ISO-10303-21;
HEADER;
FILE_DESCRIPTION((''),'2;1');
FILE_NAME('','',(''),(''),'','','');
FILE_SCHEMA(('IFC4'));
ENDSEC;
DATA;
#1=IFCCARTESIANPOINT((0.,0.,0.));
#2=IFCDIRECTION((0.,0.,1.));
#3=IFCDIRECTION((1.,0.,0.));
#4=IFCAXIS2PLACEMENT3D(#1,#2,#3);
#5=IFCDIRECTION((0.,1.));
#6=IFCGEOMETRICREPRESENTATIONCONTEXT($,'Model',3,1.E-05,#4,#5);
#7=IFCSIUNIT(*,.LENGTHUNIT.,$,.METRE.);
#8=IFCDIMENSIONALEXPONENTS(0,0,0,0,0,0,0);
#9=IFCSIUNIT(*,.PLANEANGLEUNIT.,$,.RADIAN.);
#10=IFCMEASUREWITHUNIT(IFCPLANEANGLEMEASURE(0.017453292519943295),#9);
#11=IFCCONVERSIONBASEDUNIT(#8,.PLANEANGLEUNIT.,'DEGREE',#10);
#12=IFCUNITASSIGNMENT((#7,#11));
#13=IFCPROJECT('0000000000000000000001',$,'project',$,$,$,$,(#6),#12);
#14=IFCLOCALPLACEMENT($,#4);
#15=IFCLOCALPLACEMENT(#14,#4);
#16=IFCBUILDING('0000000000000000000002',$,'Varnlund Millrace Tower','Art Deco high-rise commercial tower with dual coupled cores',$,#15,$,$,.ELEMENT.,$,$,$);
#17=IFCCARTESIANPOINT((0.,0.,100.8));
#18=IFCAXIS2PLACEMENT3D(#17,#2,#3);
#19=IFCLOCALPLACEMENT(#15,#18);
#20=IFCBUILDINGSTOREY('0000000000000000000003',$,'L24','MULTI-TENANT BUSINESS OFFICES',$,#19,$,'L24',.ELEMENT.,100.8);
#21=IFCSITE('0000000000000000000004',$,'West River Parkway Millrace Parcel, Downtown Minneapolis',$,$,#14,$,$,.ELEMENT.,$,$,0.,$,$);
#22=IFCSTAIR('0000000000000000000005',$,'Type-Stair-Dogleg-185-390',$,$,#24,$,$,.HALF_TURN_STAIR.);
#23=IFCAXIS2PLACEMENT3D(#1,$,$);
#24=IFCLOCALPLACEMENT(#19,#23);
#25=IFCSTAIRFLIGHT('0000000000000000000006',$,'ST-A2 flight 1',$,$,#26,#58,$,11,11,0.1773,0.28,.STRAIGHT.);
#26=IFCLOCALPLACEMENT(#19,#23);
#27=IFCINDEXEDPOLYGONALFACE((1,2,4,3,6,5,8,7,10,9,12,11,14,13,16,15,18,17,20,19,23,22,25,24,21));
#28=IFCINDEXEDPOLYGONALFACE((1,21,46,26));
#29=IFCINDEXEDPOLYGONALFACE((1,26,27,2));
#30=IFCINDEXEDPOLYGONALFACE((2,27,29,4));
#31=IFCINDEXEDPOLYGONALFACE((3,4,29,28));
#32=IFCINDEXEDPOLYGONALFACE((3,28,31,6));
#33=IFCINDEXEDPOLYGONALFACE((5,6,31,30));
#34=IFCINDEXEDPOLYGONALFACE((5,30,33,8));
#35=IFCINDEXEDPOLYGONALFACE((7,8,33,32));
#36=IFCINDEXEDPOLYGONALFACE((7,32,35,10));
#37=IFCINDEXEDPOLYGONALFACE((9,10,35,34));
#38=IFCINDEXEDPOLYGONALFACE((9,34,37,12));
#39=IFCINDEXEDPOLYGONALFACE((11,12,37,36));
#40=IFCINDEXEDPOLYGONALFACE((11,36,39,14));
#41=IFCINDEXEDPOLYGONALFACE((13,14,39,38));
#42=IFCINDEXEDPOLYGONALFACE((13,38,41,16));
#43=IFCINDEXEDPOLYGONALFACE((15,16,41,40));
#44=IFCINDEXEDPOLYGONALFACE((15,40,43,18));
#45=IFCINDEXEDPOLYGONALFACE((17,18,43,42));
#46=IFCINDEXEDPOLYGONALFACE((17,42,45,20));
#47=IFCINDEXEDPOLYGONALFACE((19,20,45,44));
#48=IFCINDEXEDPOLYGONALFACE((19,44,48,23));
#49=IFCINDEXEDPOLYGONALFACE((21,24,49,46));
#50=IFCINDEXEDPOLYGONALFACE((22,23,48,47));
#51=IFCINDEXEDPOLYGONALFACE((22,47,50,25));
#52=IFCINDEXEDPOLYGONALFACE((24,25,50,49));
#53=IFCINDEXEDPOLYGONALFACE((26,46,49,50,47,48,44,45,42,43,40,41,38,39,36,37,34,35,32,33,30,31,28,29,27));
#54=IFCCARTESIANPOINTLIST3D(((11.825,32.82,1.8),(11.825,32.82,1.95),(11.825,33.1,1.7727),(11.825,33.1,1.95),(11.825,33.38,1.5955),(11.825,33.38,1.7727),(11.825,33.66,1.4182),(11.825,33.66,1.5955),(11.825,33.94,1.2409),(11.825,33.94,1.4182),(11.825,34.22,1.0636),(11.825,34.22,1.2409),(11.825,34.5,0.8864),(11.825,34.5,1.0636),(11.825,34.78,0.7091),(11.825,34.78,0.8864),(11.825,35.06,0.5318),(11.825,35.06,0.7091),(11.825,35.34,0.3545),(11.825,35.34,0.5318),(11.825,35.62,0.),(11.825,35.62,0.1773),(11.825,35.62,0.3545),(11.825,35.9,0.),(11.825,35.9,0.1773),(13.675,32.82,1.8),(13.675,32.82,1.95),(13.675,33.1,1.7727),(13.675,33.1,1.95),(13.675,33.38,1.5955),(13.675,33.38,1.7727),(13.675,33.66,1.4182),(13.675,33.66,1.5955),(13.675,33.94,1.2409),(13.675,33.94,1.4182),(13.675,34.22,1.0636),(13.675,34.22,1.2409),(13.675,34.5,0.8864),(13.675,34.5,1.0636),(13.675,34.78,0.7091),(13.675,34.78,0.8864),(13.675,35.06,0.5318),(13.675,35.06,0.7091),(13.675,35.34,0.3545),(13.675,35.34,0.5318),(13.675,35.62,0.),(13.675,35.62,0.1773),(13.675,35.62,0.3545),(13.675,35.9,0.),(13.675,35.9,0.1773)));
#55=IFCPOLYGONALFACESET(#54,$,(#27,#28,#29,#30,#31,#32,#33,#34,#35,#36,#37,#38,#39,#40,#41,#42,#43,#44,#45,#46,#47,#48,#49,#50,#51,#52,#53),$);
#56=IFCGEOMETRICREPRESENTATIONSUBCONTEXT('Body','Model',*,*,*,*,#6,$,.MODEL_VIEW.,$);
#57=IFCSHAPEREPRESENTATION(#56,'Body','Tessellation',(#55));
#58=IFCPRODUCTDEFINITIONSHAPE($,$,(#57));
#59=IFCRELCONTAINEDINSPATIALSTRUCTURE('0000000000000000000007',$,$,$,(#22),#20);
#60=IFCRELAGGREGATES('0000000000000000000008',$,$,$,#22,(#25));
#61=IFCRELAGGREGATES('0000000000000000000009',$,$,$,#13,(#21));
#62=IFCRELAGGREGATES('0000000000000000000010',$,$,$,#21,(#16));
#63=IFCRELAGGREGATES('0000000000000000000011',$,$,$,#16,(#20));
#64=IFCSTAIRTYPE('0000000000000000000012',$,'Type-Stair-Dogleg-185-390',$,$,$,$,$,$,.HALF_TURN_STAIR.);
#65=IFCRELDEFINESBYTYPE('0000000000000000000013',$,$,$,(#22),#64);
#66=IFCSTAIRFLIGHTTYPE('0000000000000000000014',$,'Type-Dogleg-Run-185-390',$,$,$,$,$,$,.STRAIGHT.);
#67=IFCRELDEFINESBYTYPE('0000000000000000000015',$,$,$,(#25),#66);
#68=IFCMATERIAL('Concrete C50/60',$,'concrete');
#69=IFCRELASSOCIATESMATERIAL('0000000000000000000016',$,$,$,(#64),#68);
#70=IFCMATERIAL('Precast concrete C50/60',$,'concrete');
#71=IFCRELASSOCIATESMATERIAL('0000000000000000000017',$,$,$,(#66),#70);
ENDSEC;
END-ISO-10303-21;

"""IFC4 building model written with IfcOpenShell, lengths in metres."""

from ifc_helpers import new_model, entity, si_unit, converted_unit, direction, frame, origin_with_axes, place, context, subcontext, project, spatial, polyline, outline, extrude, material, type_object, element, aggregate, save


model = new_model("IFC4")

# Units and contexts
model_context = context("Model", 3, precision=1e-05, world=origin_with_axes(), true_north=direction((0.0, 1.0)))
body_context = subcontext(model_context, "Body", "Model", "MODEL_VIEW")
ifc_project = project(units=[si_unit("LENGTHUNIT", "METRE"), converted_unit("PLANEANGLEUNIT", "DEGREE", entity("IfcPlaneAngleMeasure", 0.017453292519943295), si_unit("PLANEANGLEUNIT", "RADIAN"), dimensions=[0, 0, 0, 0, 0, 0, 0])], contexts=[model_context])

# Site, building, storey
site_placement = place(None, origin_with_axes())
site = spatial("IfcSite", under=ifc_project, at=site_placement, Name="West River Parkway Millrace Parcel, Downtown Minneapolis", CompositionType="ELEMENT", RefElevation=0.0)
building_placement = place(site_placement, origin_with_axes())
building = spatial("IfcBuilding", under=site, at=building_placement, Name="Varnlund Millrace Tower", Description="Art Deco high-rise commercial tower with dual coupled cores", CompositionType="ELEMENT")
storey_placement = place(building_placement, frame((0.0, 0.0, 100.8), z_axis=(0.0, 0.0, 1.0), x_axis=(1.0, 0.0, 0.0)))
storey = spatial("IfcBuildingStorey", under=building, at=storey_placement, Name="L24", Description="MULTI-TENANT BUSINESS OFFICES", LongName="L24", CompositionType="ELEMENT", Elevation=100.8)

# Stair, stair flight
ifc_material_1 = material(Name="Concrete C50/60", Category="concrete")
stair_type = type_object("IfcStairType", Name="Type-Stair-Dogleg-185-390", PredefinedType="HALF_TURN_STAIR", material=ifc_material_1)
ifc_material_2 = material(Name="Precast concrete C50/60", Category="concrete")
stair_flight_type = type_object("IfcStairFlightType", Name="Type-Dogleg-Run-185-390", PredefinedType="STRAIGHT", material=ifc_material_2)
stair_1_placement = place(storey_placement, origin_with_axes())
stair_1 = element("IfcStair", 1, at=stair_1_placement, inside=storey, type_object=stair_type, Name="Type-Stair-Dogleg-185-390", PredefinedType="HALF_TURN_STAIR")
stair_flight_1_placement = place(storey_placement, frame((13.675, 35.9, 0.0), z_axis=(-1.0, 0.0, 0.0), x_axis=(0.0, -1.0, 0.0)))
stair_flight_1 = element("IfcStairFlight", 2, at=stair_flight_1_placement, type_object=stair_flight_type, Name="ST-A2 flight 1", NumberOfRisers=11, NumberOfTreads=11, PredefinedType="STRAIGHT", RiserHeight=0.1773, TreadLength=0.28, context=body_context, shape_type="SweptSolid", body=[
    extrude(outline(polyline([(0.0, 0.0), (0.0, 0.1773), (0.28, 0.1773), (0.28, 0.3545), (0.56, 0.3545), (0.56, 0.5318), (0.84, 0.5318), (0.84, 0.7091), (1.12, 0.7091), (1.12, 0.8864), (1.4, 0.8864), (1.4, 1.0636), (1.68, 1.0636), (1.68, 1.2409), (1.96, 1.2409), (1.96, 1.4182), (2.24, 1.4182), (2.24, 1.5955), (2.52, 1.5955), (2.52, 1.7727), (2.8, 1.7727), (2.8, 1.95), (3.08, 1.95), (3.08, 1.8), (0.28, 0.0), (0.0, 0.0)])), origin_with_axes(), (0.0, 0.0, 1.0), 1.85),
])
aggregate(stair_1, [stair_flight_1])

save(model, "model.ifc")
